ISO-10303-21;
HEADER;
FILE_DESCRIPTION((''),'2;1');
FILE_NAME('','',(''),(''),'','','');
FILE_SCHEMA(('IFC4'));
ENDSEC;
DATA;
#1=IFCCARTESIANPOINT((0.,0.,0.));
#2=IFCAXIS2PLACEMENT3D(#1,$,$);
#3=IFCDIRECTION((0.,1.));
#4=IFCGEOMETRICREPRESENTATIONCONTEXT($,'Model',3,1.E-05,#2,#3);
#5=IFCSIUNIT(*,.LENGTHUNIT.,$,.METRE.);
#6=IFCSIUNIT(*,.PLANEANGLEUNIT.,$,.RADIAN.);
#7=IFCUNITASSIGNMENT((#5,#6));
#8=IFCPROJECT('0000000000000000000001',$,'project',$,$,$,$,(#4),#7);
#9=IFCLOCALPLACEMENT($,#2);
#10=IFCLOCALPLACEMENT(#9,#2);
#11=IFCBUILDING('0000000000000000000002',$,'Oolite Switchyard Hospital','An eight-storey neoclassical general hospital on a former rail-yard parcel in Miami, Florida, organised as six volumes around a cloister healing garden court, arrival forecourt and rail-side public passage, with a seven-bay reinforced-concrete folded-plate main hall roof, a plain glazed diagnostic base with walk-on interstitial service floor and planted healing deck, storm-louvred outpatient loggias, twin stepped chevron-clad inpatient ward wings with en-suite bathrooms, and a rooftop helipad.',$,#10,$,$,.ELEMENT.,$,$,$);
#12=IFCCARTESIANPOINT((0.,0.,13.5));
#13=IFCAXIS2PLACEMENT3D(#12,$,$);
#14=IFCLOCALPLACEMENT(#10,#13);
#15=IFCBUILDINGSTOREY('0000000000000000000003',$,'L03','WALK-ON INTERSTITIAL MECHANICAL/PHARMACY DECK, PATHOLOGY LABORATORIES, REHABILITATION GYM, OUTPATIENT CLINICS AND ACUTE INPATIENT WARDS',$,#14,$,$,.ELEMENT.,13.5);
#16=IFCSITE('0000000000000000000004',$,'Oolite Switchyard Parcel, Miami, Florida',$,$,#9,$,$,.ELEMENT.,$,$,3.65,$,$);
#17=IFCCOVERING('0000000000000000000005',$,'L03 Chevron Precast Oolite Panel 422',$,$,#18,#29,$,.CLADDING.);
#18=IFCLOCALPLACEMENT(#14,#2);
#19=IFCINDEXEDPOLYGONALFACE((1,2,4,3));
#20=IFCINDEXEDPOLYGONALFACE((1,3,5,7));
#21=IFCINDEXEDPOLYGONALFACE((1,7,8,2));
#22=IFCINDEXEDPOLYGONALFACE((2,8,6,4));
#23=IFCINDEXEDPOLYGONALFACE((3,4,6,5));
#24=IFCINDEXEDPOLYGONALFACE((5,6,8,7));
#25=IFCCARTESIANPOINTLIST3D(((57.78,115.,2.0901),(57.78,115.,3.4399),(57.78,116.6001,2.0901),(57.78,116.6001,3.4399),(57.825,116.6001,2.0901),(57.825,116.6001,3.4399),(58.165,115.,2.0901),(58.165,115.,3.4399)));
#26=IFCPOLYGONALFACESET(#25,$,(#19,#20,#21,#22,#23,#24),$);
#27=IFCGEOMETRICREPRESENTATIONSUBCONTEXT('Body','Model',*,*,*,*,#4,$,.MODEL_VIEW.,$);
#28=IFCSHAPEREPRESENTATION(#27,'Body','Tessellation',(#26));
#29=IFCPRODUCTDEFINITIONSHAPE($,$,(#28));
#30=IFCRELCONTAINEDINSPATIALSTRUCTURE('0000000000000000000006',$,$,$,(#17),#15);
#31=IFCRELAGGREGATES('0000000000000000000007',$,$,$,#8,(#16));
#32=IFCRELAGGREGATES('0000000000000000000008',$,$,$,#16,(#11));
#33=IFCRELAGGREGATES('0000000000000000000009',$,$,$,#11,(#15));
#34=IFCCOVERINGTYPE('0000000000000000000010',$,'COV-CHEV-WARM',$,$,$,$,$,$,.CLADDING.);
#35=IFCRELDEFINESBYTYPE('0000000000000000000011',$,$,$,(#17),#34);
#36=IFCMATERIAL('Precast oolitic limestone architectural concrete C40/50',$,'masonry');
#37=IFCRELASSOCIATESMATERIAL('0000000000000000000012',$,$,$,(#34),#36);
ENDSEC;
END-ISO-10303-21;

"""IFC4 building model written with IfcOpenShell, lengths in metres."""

from ifc_helpers import new_model, si_unit, direction, frame, origin, place, context, subcontext, project, spatial, polyline, outline, extrude, material, type_object, element, save


model = new_model("IFC4")

# Units and contexts
model_context = context("Model", 3, precision=1e-05, world=origin(), true_north=direction((0.0, 1.0)))
body_context = subcontext(model_context, "Body", "Model", "MODEL_VIEW")
ifc_project = project(units=[si_unit("LENGTHUNIT", "METRE"), si_unit("PLANEANGLEUNIT", "RADIAN")], contexts=[model_context])

# Site, building, storey
site_placement = place(None, origin())
site = spatial("IfcSite", under=ifc_project, at=site_placement, Name="Oolite Switchyard Parcel, Miami, Florida", CompositionType="ELEMENT", RefElevation=3.65)
building_placement = place(site_placement, origin())
building = spatial("IfcBuilding", under=site, at=building_placement, Name="Oolite Switchyard Hospital", Description="An eight-storey neoclassical general hospital on a former rail-yard parcel in Miami, Florida, organised as six volumes around a cloister healing garden court, arrival forecourt and rail-side public passage, with a seven-bay reinforced-concrete folded-plate main hall roof, a plain glazed diagnostic base with walk-on interstitial service floor and planted healing deck, storm-louvred outpatient loggias, twin stepped chevron-clad inpatient ward wings with en-suite bathrooms, and a rooftop helipad.", CompositionType="ELEMENT")
storey_placement = place(building_placement, frame((0.0, 0.0, 13.5)))
storey = spatial("IfcBuildingStorey", under=building, at=storey_placement, Name="L03", Description="WALK-ON INTERSTITIAL MECHANICAL/PHARMACY DECK, PATHOLOGY LABORATORIES, REHABILITATION GYM, OUTPATIENT CLINICS AND ACUTE INPATIENT WARDS", CompositionType="ELEMENT", Elevation=13.5)

# Shared definitions
ifc_material_1 = material(Name="Precast oolitic limestone architectural concrete C40/50", Category="masonry")

# Covering
covering_type = type_object("IfcCoveringType", Name="COV-CHEV-WARM", PredefinedType="CLADDING", material=ifc_material_1)
for number, where, z_axis, x_axis, name in (
    (1, (57.78, 116.6001, 2.0901), (0.0, 0.0, 1.0), (0.0, -1.0, 0.0), "L03 Chevron Precast Oolite Panel 422"),
):
    element("IfcCovering", number, at=place(storey_placement, frame(where, z_axis=z_axis, x_axis=x_axis)), inside=storey, type_object=covering_type, Name=name, PredefinedType="CLADDING", context=body_context, shape_type="SweptSolid", body=[
        extrude(outline(polyline([(0.0, 0.0), (1.6001, 0.0), (1.6001, 0.385), (0.0, 0.0449), (0.0, 0.0)])), origin(), (0.0, 0.0, 1.0), 1.3499),
    ])

save(model, "model.ifc")
